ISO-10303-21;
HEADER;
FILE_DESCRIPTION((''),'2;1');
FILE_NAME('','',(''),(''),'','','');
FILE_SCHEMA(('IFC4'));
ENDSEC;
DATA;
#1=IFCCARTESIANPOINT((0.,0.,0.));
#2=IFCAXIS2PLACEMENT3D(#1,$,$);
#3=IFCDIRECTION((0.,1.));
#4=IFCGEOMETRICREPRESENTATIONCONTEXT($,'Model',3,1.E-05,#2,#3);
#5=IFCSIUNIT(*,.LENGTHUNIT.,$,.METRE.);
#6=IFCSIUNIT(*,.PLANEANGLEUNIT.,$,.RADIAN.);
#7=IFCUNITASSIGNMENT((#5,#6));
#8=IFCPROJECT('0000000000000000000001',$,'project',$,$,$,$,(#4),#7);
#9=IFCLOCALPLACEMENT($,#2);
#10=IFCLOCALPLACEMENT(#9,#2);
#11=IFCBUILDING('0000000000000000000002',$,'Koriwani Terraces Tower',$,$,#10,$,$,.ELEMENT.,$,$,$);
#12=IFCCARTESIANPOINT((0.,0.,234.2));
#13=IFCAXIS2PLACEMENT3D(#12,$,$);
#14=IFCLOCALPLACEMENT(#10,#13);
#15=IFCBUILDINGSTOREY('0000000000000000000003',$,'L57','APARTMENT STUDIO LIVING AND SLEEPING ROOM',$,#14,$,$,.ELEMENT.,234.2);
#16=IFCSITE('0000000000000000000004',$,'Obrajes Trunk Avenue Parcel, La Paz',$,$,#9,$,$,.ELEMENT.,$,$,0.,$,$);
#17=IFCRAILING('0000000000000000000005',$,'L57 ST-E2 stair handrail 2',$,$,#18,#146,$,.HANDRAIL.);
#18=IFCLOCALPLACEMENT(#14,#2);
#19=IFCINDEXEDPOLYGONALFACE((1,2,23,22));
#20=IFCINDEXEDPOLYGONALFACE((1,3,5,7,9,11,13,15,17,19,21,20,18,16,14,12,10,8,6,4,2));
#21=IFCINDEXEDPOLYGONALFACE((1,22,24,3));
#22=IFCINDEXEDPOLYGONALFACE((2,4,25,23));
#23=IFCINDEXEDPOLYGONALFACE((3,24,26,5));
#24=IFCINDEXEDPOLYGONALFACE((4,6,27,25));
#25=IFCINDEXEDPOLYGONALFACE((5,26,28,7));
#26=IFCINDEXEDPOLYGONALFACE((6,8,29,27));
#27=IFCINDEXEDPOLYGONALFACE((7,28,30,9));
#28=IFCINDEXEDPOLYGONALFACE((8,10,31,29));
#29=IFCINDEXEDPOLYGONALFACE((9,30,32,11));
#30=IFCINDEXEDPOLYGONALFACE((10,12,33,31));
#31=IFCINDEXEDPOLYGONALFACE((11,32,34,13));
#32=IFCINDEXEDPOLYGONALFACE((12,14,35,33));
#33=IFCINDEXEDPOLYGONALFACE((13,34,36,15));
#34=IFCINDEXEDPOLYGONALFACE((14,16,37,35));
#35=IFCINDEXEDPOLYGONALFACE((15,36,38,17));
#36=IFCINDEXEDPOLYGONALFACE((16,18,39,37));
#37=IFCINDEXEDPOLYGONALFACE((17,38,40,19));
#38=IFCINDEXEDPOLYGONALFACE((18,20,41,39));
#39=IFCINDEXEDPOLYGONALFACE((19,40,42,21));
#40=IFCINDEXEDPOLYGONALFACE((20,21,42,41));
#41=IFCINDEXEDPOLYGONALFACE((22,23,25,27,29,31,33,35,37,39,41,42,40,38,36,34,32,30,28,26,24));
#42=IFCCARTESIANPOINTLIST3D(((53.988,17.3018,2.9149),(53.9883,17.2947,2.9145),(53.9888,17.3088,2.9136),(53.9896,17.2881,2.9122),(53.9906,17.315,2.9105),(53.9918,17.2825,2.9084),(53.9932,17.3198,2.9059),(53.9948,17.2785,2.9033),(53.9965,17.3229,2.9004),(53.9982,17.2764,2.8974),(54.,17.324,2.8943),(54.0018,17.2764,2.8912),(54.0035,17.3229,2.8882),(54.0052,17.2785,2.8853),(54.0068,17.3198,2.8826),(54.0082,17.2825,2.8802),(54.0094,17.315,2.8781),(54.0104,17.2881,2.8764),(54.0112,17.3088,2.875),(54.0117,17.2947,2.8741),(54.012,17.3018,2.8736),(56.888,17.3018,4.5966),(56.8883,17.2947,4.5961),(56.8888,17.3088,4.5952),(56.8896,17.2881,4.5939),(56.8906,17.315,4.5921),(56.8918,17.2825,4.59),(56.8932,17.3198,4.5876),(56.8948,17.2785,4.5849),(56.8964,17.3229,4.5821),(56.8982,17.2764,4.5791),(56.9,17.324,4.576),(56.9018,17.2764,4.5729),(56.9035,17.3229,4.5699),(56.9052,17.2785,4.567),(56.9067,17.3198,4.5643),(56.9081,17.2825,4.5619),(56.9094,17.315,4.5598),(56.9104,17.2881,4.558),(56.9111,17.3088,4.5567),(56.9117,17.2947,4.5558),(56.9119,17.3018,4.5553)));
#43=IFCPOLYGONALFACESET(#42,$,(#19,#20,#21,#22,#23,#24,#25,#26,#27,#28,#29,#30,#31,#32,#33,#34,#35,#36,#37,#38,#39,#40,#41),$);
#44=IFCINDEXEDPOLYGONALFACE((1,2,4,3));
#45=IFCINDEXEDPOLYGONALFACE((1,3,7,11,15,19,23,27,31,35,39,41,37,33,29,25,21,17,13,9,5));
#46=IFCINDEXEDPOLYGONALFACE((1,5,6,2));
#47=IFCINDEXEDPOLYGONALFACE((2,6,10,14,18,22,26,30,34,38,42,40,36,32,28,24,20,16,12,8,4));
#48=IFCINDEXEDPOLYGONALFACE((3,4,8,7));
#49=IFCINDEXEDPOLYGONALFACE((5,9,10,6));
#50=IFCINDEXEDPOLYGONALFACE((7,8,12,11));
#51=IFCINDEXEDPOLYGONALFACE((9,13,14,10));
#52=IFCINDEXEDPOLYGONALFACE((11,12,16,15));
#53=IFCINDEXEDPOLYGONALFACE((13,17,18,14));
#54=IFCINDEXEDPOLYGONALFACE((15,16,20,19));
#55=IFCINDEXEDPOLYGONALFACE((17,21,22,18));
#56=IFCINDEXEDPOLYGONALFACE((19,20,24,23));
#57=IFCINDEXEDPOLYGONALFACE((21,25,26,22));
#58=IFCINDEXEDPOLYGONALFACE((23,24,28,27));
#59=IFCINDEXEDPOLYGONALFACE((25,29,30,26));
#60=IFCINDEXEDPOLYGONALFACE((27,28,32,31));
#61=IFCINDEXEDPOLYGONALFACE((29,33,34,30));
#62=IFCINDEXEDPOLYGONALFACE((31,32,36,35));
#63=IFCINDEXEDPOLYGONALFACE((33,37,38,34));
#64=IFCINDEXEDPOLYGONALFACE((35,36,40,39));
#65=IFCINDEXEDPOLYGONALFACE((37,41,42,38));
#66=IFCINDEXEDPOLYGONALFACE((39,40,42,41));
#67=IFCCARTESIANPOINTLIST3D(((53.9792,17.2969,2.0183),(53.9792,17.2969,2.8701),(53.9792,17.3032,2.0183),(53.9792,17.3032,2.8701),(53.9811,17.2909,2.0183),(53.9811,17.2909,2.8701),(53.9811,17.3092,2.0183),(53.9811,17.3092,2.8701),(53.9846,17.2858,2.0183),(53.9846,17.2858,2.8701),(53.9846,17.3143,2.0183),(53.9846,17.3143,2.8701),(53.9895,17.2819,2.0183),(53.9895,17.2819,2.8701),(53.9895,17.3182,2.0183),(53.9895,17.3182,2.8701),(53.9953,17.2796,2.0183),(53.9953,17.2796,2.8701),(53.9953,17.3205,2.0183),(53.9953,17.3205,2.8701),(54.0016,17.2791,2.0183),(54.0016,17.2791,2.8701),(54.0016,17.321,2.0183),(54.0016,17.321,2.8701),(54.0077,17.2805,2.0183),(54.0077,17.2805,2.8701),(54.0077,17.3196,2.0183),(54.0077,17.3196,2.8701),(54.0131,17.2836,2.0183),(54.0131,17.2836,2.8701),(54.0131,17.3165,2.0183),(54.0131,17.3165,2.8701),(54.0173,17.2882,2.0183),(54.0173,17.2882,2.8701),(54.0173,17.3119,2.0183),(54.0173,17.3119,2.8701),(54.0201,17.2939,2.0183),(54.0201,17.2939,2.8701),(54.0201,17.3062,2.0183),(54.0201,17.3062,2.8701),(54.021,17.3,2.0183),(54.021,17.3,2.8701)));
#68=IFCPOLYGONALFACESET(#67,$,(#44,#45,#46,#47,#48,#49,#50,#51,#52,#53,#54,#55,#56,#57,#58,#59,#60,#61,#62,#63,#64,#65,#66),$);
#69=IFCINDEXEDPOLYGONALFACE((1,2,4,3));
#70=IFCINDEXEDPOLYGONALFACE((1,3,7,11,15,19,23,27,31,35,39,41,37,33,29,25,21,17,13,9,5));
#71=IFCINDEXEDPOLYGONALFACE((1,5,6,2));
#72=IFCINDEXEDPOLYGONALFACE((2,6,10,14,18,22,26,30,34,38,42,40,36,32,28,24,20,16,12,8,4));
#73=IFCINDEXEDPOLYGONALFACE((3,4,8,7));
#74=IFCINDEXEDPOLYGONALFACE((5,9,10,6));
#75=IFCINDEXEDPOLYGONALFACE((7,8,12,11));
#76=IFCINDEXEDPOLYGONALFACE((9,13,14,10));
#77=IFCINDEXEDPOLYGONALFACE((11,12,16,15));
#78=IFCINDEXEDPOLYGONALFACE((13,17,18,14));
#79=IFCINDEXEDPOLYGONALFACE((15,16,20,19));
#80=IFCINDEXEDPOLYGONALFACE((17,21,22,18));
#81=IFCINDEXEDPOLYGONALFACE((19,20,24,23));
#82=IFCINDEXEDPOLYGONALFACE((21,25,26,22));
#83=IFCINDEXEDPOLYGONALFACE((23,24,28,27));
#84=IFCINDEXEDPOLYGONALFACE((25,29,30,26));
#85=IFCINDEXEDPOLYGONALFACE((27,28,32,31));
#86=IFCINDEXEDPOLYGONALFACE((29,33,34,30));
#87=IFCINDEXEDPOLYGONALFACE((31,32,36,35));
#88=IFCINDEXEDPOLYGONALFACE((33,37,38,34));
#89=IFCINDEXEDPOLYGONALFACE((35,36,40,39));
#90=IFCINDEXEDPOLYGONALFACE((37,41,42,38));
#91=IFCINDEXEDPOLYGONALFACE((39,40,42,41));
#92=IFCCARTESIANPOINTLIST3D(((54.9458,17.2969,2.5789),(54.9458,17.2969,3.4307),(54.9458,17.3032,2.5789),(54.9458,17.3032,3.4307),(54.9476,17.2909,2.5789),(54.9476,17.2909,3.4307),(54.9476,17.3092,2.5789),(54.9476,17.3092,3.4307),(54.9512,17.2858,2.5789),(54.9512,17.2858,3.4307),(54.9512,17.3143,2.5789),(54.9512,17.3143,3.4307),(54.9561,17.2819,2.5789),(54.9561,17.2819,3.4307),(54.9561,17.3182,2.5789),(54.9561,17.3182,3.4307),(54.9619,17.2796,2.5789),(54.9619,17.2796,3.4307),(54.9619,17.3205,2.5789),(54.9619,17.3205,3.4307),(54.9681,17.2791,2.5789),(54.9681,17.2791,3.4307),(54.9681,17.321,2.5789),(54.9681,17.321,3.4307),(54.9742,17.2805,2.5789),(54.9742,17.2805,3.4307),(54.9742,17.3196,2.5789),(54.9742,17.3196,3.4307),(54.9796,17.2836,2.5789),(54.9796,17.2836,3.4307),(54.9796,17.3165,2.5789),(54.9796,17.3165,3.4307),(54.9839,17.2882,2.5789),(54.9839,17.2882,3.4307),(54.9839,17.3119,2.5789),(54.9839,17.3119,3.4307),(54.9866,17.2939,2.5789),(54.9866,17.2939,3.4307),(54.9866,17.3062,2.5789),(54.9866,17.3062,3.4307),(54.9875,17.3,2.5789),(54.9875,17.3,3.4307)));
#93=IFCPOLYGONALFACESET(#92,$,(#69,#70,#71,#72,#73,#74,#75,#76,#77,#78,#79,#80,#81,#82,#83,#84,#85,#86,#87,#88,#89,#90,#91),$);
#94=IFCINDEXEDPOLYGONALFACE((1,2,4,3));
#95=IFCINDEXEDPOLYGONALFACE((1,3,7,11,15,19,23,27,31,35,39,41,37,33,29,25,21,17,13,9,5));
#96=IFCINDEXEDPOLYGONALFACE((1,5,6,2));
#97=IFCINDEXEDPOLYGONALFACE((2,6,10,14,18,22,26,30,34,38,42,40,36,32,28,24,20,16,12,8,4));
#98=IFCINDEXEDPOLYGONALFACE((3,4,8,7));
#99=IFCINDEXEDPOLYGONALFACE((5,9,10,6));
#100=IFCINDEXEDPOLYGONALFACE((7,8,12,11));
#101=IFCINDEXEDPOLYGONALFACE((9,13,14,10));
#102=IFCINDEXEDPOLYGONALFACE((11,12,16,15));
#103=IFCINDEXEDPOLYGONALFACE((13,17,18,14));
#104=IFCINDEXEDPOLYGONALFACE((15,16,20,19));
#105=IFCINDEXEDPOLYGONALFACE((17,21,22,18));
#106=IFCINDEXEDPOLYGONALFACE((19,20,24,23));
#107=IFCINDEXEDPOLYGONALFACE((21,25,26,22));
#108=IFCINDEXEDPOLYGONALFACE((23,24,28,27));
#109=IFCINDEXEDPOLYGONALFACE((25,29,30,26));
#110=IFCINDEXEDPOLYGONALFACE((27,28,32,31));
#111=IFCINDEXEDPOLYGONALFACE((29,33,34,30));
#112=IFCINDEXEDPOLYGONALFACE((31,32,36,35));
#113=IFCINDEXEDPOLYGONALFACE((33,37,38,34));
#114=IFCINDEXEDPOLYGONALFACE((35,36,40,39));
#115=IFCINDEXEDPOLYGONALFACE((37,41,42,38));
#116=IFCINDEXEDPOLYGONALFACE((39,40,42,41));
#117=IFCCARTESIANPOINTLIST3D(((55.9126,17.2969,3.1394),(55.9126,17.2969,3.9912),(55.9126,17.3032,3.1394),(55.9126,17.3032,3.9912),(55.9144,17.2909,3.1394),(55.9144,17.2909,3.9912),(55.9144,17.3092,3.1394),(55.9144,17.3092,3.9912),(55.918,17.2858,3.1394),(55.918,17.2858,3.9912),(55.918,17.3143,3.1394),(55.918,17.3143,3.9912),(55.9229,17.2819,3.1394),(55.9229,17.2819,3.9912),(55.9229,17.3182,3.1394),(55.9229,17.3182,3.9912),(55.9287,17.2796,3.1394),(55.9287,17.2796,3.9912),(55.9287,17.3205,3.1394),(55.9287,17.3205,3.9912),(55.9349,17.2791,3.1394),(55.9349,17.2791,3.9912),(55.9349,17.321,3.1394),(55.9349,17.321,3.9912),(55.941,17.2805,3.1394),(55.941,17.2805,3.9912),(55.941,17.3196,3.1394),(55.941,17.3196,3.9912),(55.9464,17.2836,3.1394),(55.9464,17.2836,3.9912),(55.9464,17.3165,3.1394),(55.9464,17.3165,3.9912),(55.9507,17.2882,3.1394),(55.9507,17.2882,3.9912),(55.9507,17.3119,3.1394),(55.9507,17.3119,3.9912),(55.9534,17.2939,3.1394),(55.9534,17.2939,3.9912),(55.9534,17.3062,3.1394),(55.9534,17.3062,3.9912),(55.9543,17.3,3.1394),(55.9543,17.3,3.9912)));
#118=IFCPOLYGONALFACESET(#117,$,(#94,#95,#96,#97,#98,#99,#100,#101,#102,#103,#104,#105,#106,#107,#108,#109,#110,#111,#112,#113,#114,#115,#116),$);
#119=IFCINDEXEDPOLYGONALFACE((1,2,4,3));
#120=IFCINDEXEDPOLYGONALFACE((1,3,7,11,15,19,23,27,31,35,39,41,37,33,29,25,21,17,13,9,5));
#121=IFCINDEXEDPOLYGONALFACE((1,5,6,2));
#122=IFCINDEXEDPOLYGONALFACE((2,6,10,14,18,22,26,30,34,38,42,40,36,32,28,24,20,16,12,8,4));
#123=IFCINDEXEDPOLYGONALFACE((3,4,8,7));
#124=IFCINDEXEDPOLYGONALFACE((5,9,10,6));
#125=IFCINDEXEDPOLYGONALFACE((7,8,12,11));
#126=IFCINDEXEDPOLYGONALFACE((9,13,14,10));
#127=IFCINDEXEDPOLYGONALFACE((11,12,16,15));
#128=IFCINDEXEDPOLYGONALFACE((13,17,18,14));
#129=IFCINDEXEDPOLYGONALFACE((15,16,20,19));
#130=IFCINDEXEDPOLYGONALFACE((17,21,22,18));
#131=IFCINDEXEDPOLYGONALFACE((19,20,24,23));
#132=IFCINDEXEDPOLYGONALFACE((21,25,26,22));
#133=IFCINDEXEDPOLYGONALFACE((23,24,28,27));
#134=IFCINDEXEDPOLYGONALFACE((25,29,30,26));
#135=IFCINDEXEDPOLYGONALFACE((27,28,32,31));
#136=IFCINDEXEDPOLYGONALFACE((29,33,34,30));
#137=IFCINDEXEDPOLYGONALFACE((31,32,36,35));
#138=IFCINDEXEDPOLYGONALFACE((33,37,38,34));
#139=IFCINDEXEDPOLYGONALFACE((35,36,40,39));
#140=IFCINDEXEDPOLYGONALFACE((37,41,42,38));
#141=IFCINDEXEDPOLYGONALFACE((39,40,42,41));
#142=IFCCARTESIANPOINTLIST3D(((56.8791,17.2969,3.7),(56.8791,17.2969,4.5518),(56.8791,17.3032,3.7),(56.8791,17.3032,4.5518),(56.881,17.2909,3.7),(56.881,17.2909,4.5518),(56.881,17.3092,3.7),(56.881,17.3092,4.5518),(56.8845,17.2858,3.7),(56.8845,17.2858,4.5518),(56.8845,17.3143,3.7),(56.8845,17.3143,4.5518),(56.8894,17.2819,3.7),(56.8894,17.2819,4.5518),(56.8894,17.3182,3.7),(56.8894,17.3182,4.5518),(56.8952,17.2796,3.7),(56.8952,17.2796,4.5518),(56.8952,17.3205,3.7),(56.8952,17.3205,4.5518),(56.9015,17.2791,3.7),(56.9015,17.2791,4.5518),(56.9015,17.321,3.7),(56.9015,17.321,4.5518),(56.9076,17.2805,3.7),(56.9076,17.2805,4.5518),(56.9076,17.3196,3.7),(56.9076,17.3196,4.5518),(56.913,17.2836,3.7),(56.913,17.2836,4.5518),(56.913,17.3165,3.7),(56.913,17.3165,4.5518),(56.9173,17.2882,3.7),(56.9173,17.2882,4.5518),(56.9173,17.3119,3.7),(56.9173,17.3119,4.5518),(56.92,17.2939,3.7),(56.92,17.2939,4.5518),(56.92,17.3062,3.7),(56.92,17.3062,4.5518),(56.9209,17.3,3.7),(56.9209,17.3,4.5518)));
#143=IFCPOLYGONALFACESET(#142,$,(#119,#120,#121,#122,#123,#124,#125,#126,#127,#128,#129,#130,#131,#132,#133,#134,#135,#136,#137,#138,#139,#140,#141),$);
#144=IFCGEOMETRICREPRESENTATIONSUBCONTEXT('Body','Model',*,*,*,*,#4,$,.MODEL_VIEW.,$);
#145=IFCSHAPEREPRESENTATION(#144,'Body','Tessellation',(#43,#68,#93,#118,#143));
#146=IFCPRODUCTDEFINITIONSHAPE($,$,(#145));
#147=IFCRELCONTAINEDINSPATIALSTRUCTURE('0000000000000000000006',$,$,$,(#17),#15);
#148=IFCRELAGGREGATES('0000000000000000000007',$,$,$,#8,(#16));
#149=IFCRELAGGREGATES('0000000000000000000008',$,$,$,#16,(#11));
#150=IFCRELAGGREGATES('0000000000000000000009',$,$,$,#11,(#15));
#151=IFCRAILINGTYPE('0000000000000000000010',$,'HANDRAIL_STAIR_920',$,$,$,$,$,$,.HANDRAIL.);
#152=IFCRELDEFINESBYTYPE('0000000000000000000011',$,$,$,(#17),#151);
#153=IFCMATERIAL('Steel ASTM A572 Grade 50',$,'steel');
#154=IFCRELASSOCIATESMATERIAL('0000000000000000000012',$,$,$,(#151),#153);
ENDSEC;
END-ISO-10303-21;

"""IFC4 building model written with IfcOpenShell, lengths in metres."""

from ifc_helpers import new_model, si_unit, direction, frame, origin, origin_2d, place, context, subcontext, project, spatial, circle, extrude, material, type_object, element, save


model = new_model("IFC4")

# Units and contexts
model_context = context("Model", 3, precision=1e-05, world=origin(), true_north=direction((0.0, 1.0)))
body_context = subcontext(model_context, "Body", "Model", "MODEL_VIEW")
ifc_project = project(units=[si_unit("LENGTHUNIT", "METRE"), si_unit("PLANEANGLEUNIT", "RADIAN")], contexts=[model_context])

# Site, building, storey
site_placement = place(None, origin())
site = spatial("IfcSite", under=ifc_project, at=site_placement, Name="Obrajes Trunk Avenue Parcel, La Paz", CompositionType="ELEMENT", RefElevation=0.0)
building_placement = place(site_placement, origin())
building = spatial("IfcBuilding", under=site, at=building_placement, Name="Koriwani Terraces Tower", CompositionType="ELEMENT")
storey_placement = place(building_placement, frame((0.0, 0.0, 234.2)))
storey = spatial("IfcBuildingStorey", under=building, at=storey_placement, Name="L57", Description="APARTMENT STUDIO LIVING AND SLEEPING ROOM", CompositionType="ELEMENT", Elevation=234.2)

# Shared definitions
ifc_material_1 = material(Name="Steel ASTM A572 Grade 50", Category="steel")

# Railing
railing_type_1 = type_object("IfcRailingType", Name="HANDRAIL_STAIR_920", PredefinedType="HANDRAIL", material=ifc_material_1)
railing_1_placement = place(storey_placement, frame((54.0, 17.3, 2.0183)))
element("IfcRailing", 1, at=railing_1_placement, inside=storey, type_object=railing_type_1, Name="L57 ST-E2 stair handrail 2", PredefinedType="HANDRAIL", context=body_context, shape_type="SweptSolid", body=[
    extrude(circle(Radius=0.0239, at=origin_2d()), frame((0.0, 0.0, 0.876), z_axis=(0.86507, 0.0, 0.501651), x_axis=(0.0, 1.0, 0.0)), (0.0, 0.0, 1.0), 3.3523),
    extrude(circle(Radius=0.021, at=origin_2d()), origin(), (0.0, 0.0, 1.0), 0.8518),
    extrude(circle(Radius=0.021, at=origin_2d()), frame((0.9666, 0.0, 0.5605)), (0.0, 0.0, 1.0), 0.8518),
    extrude(circle(Radius=0.021, at=origin_2d()), frame((1.9333, 0.0, 1.1211)), (0.0, 0.0, 1.0), 0.8518),
    extrude(circle(Radius=0.021, at=origin_2d()), frame((2.8999, 0.0, 1.6816)), (0.0, 0.0, 1.0), 0.8518),
])

save(model, "model.ifc")
